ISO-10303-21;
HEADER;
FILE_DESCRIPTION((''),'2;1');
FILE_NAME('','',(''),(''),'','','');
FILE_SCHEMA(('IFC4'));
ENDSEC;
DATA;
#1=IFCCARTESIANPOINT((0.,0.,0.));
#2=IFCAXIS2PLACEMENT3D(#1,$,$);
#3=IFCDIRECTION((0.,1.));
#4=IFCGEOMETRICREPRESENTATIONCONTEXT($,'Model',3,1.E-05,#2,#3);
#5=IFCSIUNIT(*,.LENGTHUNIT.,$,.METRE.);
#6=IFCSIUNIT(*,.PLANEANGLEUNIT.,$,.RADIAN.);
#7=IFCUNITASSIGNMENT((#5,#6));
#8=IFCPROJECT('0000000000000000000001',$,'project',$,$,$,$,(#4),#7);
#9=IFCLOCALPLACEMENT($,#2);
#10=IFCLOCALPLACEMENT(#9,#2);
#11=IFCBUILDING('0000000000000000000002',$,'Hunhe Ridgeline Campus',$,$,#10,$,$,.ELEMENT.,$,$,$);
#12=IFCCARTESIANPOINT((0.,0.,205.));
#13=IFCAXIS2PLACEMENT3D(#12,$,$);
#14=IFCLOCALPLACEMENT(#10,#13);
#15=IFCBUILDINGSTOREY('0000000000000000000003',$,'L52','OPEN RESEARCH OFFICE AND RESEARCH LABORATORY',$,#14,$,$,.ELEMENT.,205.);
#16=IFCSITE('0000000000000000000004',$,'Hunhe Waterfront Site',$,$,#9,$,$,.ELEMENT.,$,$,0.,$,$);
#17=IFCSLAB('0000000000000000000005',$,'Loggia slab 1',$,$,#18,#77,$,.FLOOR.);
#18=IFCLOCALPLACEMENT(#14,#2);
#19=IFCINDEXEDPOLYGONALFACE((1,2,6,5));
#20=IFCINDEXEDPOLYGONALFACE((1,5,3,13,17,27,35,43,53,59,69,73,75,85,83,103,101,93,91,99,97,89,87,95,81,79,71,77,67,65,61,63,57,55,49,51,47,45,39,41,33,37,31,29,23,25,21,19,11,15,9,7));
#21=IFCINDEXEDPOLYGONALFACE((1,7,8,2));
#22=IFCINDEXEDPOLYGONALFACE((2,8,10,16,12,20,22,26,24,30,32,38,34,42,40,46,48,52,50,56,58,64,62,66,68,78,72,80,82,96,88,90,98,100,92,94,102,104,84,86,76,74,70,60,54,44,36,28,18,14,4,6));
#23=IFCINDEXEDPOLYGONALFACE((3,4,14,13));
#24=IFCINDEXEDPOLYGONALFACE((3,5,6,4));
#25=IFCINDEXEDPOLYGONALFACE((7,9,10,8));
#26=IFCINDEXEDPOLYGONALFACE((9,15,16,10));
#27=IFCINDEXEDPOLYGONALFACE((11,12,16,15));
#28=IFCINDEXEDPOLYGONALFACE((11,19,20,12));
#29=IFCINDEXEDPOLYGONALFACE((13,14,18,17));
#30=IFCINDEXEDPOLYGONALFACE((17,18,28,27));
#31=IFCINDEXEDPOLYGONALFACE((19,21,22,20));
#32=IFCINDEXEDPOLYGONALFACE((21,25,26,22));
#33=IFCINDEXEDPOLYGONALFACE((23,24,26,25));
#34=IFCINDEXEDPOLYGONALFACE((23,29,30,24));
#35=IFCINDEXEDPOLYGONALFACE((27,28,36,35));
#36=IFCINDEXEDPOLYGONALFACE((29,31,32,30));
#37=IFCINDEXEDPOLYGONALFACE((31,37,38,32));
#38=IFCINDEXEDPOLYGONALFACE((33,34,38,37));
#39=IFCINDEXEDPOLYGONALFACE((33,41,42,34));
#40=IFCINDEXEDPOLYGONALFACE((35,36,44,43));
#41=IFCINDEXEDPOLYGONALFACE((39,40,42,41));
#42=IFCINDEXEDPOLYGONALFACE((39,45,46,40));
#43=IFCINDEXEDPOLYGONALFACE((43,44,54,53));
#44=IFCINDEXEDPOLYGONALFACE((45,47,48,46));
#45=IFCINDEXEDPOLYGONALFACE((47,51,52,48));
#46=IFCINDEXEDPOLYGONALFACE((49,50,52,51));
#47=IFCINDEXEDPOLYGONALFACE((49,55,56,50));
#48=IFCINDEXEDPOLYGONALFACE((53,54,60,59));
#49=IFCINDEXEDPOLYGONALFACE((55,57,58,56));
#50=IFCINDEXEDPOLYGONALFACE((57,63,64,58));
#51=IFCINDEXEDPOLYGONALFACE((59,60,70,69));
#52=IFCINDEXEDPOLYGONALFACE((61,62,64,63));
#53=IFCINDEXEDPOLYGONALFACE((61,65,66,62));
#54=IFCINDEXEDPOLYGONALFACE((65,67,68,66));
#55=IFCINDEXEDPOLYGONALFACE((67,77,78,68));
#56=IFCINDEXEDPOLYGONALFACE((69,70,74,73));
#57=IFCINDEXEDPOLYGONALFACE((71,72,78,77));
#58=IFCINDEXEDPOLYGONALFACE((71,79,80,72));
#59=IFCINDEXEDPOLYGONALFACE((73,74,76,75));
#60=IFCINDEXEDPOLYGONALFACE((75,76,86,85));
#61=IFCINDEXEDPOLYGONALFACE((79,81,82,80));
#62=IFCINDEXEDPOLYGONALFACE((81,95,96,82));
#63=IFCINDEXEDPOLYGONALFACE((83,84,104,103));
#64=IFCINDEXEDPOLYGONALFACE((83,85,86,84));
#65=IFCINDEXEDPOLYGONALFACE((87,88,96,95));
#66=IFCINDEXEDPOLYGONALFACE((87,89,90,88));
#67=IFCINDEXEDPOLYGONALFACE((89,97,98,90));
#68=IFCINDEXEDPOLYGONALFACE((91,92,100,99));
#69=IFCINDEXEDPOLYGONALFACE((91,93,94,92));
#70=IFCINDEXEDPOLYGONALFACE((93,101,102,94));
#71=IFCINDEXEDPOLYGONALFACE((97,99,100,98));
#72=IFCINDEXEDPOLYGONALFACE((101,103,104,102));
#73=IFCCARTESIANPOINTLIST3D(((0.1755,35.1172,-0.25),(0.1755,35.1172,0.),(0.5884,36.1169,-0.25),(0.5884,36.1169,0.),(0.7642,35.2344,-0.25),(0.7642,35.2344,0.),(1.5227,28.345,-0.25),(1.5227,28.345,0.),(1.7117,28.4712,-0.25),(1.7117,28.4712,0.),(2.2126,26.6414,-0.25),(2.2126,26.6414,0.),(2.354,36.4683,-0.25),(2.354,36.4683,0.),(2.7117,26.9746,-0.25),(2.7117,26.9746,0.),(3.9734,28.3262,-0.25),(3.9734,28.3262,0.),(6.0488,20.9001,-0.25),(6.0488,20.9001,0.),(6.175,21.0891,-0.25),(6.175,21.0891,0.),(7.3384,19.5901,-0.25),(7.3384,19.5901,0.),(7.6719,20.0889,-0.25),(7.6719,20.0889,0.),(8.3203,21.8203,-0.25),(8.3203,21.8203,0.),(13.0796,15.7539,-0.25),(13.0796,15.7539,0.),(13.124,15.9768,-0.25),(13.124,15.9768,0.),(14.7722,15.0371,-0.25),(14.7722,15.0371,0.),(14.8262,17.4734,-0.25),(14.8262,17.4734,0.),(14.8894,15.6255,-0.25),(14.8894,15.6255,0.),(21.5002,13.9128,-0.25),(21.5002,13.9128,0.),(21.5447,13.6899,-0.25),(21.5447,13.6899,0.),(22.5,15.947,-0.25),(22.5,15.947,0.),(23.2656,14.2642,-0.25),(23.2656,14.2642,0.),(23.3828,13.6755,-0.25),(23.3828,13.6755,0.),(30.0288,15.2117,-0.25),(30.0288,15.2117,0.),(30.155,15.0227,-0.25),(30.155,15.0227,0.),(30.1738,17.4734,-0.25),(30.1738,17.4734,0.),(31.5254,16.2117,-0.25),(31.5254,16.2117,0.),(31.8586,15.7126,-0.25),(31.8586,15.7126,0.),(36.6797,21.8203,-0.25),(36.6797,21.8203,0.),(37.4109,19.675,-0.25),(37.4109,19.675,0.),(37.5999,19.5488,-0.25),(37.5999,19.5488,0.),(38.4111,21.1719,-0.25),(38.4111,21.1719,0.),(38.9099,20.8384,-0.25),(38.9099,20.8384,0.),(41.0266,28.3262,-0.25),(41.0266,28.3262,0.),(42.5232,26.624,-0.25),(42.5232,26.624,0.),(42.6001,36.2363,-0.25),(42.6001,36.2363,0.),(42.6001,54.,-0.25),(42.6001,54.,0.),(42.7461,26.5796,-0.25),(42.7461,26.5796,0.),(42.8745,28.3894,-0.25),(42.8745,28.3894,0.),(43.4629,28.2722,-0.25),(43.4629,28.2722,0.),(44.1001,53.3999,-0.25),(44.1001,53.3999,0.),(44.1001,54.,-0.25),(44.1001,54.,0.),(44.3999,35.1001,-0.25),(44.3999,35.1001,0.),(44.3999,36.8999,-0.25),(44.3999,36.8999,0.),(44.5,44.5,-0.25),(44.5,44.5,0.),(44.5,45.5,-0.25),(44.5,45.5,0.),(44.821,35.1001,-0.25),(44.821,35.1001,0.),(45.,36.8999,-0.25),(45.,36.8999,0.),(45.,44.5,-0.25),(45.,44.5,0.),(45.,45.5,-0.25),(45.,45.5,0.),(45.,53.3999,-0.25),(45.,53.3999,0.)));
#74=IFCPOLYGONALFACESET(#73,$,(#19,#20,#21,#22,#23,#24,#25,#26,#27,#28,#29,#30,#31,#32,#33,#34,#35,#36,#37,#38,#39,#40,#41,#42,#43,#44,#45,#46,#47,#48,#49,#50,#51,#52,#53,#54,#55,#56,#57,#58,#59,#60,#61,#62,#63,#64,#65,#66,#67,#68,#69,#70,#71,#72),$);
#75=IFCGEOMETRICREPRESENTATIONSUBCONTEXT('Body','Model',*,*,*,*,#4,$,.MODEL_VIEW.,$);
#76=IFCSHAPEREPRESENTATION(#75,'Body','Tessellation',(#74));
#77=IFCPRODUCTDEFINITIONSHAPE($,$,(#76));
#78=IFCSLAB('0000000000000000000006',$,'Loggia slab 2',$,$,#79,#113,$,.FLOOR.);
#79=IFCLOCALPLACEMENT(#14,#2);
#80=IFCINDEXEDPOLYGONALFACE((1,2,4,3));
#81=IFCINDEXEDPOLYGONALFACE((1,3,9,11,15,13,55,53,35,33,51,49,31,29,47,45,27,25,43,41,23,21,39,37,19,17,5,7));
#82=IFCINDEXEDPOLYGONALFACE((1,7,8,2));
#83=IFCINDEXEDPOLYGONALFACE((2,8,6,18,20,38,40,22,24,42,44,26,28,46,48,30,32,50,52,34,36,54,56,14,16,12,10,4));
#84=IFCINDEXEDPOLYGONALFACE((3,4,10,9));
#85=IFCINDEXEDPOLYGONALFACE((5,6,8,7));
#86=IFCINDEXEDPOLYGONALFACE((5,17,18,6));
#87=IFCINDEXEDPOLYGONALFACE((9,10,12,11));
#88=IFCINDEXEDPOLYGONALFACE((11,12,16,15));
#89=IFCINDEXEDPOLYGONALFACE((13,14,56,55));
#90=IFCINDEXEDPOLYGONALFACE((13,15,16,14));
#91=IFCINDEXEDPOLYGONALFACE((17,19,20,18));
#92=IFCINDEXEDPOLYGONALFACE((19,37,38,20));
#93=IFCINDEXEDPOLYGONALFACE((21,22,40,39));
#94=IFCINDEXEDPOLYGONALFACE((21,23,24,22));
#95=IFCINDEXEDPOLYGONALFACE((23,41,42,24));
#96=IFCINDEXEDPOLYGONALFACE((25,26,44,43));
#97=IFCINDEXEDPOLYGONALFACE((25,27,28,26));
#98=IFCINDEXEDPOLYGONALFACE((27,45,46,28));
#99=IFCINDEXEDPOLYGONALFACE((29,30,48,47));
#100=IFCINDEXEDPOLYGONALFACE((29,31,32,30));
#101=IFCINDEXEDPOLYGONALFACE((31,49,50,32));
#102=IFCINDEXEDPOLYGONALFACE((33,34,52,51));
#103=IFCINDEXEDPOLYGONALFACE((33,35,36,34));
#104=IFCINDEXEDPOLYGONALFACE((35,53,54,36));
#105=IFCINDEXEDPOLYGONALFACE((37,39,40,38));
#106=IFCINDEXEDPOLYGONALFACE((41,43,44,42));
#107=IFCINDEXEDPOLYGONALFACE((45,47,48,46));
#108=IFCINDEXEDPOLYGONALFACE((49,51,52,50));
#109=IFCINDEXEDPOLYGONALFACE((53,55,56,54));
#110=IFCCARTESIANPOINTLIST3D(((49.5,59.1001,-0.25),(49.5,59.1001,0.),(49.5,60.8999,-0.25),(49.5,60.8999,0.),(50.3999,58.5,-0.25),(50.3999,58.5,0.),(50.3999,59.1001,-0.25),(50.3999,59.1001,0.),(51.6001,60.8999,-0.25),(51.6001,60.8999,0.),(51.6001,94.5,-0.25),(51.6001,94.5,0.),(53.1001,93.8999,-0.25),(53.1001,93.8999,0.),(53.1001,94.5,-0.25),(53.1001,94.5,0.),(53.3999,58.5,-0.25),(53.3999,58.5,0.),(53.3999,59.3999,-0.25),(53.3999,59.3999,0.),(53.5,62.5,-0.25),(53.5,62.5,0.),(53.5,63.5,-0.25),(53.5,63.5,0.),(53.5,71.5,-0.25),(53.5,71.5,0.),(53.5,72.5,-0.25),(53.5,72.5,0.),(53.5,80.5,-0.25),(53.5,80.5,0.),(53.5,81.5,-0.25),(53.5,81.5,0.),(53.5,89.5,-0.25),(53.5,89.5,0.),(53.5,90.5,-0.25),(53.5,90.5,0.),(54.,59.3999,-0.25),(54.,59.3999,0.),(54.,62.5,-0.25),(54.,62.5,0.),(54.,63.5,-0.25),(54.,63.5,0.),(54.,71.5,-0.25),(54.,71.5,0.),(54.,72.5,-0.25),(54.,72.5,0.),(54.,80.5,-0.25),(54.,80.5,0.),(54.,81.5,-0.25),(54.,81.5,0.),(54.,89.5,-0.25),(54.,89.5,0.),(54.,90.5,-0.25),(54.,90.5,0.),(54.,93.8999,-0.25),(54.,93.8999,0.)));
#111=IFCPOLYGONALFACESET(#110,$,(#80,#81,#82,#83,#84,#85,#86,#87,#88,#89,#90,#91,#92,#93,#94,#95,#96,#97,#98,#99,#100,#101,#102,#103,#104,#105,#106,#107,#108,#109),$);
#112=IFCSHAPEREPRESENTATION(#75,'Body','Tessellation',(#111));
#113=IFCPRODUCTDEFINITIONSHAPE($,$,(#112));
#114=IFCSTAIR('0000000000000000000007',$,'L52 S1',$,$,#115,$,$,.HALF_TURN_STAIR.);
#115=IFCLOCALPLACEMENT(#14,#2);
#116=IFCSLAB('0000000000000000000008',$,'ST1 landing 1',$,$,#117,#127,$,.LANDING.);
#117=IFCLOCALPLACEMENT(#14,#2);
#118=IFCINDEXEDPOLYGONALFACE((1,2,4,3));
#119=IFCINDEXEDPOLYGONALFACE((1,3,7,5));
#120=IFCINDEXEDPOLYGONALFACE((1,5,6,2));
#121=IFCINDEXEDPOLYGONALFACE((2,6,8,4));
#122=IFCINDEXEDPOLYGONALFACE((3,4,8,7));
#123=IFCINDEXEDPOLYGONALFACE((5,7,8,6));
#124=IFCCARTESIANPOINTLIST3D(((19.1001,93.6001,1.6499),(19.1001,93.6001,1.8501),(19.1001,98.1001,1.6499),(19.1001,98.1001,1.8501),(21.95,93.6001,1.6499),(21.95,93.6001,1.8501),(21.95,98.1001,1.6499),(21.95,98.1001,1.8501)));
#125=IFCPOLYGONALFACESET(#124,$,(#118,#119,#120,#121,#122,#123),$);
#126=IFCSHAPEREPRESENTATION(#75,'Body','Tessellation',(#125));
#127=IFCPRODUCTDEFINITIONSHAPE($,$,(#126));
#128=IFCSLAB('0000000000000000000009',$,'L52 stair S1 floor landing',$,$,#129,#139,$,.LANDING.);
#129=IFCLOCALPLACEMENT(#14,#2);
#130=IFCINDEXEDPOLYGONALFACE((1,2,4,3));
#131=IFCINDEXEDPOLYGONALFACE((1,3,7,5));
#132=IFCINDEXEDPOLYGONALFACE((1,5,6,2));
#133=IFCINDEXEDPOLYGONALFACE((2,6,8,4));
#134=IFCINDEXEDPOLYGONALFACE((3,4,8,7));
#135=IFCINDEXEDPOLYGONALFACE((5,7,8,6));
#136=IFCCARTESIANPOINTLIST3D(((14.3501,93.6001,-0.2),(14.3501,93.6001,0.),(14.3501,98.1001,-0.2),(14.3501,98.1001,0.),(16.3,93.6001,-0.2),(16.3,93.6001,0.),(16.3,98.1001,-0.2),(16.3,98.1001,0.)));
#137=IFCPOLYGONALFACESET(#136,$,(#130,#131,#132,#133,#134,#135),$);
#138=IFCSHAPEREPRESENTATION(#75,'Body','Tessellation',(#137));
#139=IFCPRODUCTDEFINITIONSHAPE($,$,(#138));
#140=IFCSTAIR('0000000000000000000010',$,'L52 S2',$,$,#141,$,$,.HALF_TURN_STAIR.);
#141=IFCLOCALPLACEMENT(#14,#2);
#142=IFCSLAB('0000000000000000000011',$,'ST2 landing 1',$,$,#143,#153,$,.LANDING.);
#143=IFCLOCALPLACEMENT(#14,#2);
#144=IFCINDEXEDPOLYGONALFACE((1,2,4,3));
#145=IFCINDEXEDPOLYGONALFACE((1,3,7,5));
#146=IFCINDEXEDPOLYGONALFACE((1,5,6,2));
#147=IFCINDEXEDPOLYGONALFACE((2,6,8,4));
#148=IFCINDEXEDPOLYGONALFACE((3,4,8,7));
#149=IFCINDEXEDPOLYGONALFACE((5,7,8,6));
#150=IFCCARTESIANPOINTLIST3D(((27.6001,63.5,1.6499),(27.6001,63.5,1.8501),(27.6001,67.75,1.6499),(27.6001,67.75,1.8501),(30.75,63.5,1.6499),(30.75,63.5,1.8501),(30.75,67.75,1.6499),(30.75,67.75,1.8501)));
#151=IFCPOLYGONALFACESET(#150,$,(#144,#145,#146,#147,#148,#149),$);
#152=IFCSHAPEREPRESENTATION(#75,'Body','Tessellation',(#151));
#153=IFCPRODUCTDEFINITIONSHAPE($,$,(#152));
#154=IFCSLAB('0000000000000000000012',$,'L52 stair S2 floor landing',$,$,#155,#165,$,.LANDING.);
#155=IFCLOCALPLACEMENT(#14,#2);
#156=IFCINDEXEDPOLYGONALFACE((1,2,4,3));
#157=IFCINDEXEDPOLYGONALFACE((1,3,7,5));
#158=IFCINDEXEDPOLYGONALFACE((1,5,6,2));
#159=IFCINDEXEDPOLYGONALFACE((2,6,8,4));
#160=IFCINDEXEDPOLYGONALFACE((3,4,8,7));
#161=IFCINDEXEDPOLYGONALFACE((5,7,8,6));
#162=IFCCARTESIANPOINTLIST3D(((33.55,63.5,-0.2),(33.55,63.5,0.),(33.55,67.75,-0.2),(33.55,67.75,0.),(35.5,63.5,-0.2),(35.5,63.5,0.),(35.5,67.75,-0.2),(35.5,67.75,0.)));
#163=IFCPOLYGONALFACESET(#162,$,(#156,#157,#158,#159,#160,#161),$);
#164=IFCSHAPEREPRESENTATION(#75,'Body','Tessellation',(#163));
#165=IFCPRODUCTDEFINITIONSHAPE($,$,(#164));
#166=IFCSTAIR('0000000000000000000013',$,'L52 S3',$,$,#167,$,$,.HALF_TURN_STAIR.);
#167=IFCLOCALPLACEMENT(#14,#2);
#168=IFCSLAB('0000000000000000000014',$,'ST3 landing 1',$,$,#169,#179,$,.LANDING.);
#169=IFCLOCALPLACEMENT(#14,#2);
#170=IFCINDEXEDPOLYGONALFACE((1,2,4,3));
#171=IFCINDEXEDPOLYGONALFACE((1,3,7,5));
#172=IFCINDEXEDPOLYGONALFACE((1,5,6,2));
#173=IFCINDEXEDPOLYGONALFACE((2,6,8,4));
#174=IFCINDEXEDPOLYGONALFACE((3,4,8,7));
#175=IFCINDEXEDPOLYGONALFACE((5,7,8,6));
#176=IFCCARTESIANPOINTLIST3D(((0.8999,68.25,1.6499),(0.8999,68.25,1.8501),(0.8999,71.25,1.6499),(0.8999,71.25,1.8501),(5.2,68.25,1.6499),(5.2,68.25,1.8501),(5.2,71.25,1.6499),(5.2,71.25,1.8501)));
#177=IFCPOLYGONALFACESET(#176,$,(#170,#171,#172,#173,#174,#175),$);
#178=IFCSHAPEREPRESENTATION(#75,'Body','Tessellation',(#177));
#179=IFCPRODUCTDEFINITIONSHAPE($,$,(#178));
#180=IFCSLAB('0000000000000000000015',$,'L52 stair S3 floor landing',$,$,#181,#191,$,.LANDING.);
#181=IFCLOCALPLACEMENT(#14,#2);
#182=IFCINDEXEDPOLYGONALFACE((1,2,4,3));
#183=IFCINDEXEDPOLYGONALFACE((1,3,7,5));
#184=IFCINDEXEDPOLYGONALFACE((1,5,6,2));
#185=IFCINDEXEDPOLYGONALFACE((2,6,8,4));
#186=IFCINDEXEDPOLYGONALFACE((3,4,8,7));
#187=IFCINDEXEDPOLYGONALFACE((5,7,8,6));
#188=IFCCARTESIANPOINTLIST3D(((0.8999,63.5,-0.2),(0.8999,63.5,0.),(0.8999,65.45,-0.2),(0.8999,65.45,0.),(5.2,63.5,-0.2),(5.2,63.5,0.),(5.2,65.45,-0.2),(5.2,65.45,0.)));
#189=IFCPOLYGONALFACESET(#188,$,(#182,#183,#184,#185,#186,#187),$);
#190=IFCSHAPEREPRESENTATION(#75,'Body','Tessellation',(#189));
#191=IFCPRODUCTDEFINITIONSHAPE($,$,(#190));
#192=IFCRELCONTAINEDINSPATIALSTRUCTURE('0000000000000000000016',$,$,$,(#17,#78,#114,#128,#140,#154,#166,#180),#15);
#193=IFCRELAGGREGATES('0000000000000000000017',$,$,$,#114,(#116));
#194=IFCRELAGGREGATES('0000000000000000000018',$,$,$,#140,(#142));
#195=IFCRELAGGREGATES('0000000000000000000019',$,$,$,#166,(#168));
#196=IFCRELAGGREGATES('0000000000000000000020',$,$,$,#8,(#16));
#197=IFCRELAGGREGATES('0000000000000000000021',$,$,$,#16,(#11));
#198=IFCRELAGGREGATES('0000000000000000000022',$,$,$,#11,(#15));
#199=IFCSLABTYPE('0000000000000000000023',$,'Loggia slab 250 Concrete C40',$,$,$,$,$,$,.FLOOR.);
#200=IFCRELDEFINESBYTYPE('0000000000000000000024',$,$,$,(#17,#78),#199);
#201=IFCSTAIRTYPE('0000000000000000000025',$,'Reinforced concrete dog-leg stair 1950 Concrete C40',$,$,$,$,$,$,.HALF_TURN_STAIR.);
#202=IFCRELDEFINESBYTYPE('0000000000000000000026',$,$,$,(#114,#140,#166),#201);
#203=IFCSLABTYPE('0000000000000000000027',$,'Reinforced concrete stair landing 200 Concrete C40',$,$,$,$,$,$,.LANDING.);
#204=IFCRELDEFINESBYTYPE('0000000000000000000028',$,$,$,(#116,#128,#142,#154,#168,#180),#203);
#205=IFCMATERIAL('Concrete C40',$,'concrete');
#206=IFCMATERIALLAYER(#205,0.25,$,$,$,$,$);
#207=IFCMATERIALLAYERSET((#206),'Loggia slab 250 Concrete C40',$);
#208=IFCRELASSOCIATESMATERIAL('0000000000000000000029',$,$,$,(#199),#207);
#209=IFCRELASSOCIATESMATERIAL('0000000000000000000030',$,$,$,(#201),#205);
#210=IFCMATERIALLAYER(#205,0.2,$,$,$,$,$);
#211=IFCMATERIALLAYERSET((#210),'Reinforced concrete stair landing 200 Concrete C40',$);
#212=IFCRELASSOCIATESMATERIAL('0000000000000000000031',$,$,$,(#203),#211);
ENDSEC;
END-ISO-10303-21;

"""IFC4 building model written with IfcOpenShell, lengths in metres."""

from ifc_helpers import new_model, si_unit, direction, frame, origin, place, context, subcontext, project, spatial, polyline, outline, extrude, material, layer, layer_set, type_object, element, aggregate, save


model = new_model("IFC4")

# Units and contexts
model_context = context("Model", 3, precision=1e-05, world=origin(), true_north=direction((0.0, 1.0)))
body_context = subcontext(model_context, "Body", "Model", "MODEL_VIEW")
ifc_project = project(units=[si_unit("LENGTHUNIT", "METRE"), si_unit("PLANEANGLEUNIT", "RADIAN")], contexts=[model_context])

# Site, building, storey
site_placement = place(None, origin())
site = spatial("IfcSite", under=ifc_project, at=site_placement, Name="Hunhe Waterfront Site", CompositionType="ELEMENT", RefElevation=0.0)
building_placement = place(site_placement, origin())
building = spatial("IfcBuilding", under=site, at=building_placement, Name="Hunhe Ridgeline Campus", CompositionType="ELEMENT")
storey_placement = place(building_placement, frame((0.0, 0.0, 205.0)))
storey = spatial("IfcBuildingStorey", under=building, at=storey_placement, Name="L52", Description="OPEN RESEARCH OFFICE AND RESEARCH LABORATORY", CompositionType="ELEMENT", Elevation=205.0)

# Slabs
ifc_material_1 = material(Name="Concrete C40", Category="concrete")
ifc_layer_1 = layer(ifc_material_1, 0.25)
ifc_layer_set_1 = layer_set([ifc_layer_1], Name="Loggia slab 250 Concrete C40")
slab_type_1 = type_object("IfcSlabType", Name="Loggia slab 250 Concrete C40", PredefinedType="FLOOR", material=ifc_layer_set_1)
slab_1_placement = place(storey_placement, frame((0.0, 0.0, -0.25)))
element("IfcSlab", 1, at=slab_1_placement, inside=storey, type_object=slab_type_1, Name="Loggia slab 1", PredefinedType="FLOOR", context=body_context, shape_type="SweptSolid", body=[
    extrude(outline(polyline([(30.1738, 17.4734), (22.5, 15.947), (14.8262, 17.4734), (8.3203, 21.8203), (3.9734, 28.3262), (2.354, 36.4683), (0.5884, 36.1169), (0.7642, 35.2344), (0.1755, 35.1172), (1.5227, 28.345), (1.7117, 28.4712), (2.7117, 26.9746), (2.2126, 26.6414), (6.0488, 20.9001), (6.175, 21.0891), (7.6719, 20.0889), (7.3384, 19.5901), (13.0796, 15.7539), (13.124, 15.9768), (14.8894, 15.6255), (14.7722, 15.0371), (21.5447, 13.6899), (21.5002, 13.9128), (23.2656, 14.2642), (23.3828, 13.6755), (30.155, 15.0227), (30.0288, 15.2117), (31.5254, 16.2117), (31.8586, 15.7126), (37.5999, 19.5488), (37.4109, 19.675), (38.4111, 21.1719), (38.9099, 20.8384), (42.7461, 26.5796), (42.5232, 26.624), (42.8745, 28.3894), (43.4629, 28.2722), (44.821, 35.1001), (44.3999, 35.1001), (44.3999, 36.8999), (45.0, 36.8999), (45.0, 44.5), (44.5, 44.5), (44.5, 45.5), (45.0, 45.5), (45.0, 53.3999), (44.1001, 53.3999), (44.1001, 54.0), (42.6001, 54.0), (42.6001, 36.2363), (41.0266, 28.3262), (36.6797, 21.8203), (30.1738, 17.4734)])), origin(), (0.0, 0.0, 1.0), 0.25),
])
slab_2_placement = place(storey_placement, frame((0.0, 0.0, -0.25)))
element("IfcSlab", 2, at=slab_2_placement, inside=storey, type_object=slab_type_1, Name="Loggia slab 2", PredefinedType="FLOOR", context=body_context, shape_type="SweptSolid", body=[
    extrude(outline(polyline([(49.5, 59.1001), (50.3999, 59.1001), (50.3999, 58.5), (53.3999, 58.5), (53.3999, 59.3999), (54.0, 59.3999), (54.0, 62.5), (53.5, 62.5), (53.5, 63.5), (54.0, 63.5), (54.0, 71.5), (53.5, 71.5), (53.5, 72.5), (54.0, 72.5), (54.0, 80.5), (53.5, 80.5), (53.5, 81.5), (54.0, 81.5), (54.0, 89.5), (53.5, 89.5), (53.5, 90.5), (54.0, 90.5), (54.0, 93.8999), (53.1001, 93.8999), (53.1001, 94.5), (51.6001, 94.5), (51.6001, 60.8999), (49.5, 60.8999), (49.5, 59.1001)])), origin(), (0.0, 0.0, 1.0), 0.25),
])

# Stair, slab
stair_type = type_object("IfcStairType", Name="Reinforced concrete dog-leg stair 1950 Concrete C40", PredefinedType="HALF_TURN_STAIR", material=ifc_material_1)
stair_1_placement = place(storey_placement, origin())
stair_1 = element("IfcStair", 3, at=stair_1_placement, inside=storey, type_object=stair_type, Name="L52 S1", PredefinedType="HALF_TURN_STAIR")
ifc_layer_2 = layer(ifc_material_1, 0.2)
ifc_layer_set_2 = layer_set([ifc_layer_2], Name="Reinforced concrete stair landing 200 Concrete C40")
slab_type_2 = type_object("IfcSlabType", Name="Reinforced concrete stair landing 200 Concrete C40", PredefinedType="LANDING", material=ifc_layer_set_2)
slab_3_placement = place(storey_placement, frame((0.0, 0.0, 1.6499)))
slab_3 = element("IfcSlab", 4, at=slab_3_placement, type_object=slab_type_2, Name="ST1 landing 1", PredefinedType="LANDING", context=body_context, shape_type="SweptSolid", body=[
    extrude(outline(polyline([(19.1001, 93.6001), (21.95, 93.6001), (21.95, 98.1001), (19.1001, 98.1001), (19.1001, 93.6001)])), origin(), (0.0, 0.0, 1.0), 0.2002),
])
aggregate(stair_1, [slab_3])

# Slab
slab_4_placement = place(storey_placement, frame((0.0, 0.0, -0.2)))
element("IfcSlab", 5, at=slab_4_placement, inside=storey, type_object=slab_type_2, Name="L52 stair S1 floor landing", PredefinedType="LANDING", context=body_context, shape_type="SweptSolid", body=[
    extrude(outline(polyline([(14.3501, 93.6001), (16.3, 93.6001), (16.3, 98.1001), (14.3501, 98.1001), (14.3501, 93.6001)])), origin(), (0.0, 0.0, 1.0), 0.2),
])

# Stair, slab
stair_2_placement = place(storey_placement, origin())
stair_2 = element("IfcStair", 6, at=stair_2_placement, inside=storey, type_object=stair_type, Name="L52 S2", PredefinedType="HALF_TURN_STAIR")
slab_5_placement = place(storey_placement, frame((0.0, 0.0, 1.6499)))
slab_5 = element("IfcSlab", 7, at=slab_5_placement, type_object=slab_type_2, Name="ST2 landing 1", PredefinedType="LANDING", context=body_context, shape_type="SweptSolid", body=[
    extrude(outline(polyline([(30.75, 67.75), (27.6001, 67.75), (27.6001, 63.5), (30.75, 63.5), (30.75, 67.75)])), origin(), (0.0, 0.0, 1.0), 0.2002),
])
aggregate(stair_2, [slab_5])

# Slab
slab_6_placement = place(storey_placement, frame((0.0, 0.0, -0.2)))
element("IfcSlab", 8, at=slab_6_placement, inside=storey, type_object=slab_type_2, Name="L52 stair S2 floor landing", PredefinedType="LANDING", context=body_context, shape_type="SweptSolid", body=[
    extrude(outline(polyline([(35.5, 67.75), (33.55, 67.75), (33.55, 63.5), (35.5, 63.5), (35.5, 67.75)])), origin(), (0.0, 0.0, 1.0), 0.2),
])

# Stair, slab
stair_3_placement = place(storey_placement, origin())
stair_3 = element("IfcStair", 9, at=stair_3_placement, inside=storey, type_object=stair_type, Name="L52 S3", PredefinedType="HALF_TURN_STAIR")
slab_7_placement = place(storey_placement, frame((0.0, 0.0, 1.6499)))
slab_7 = element("IfcSlab", 10, at=slab_7_placement, type_object=slab_type_2, Name="ST3 landing 1", PredefinedType="LANDING", context=body_context, shape_type="SweptSolid", body=[
    extrude(outline(polyline([(5.2, 68.25), (5.2, 71.25), (0.8999, 71.25), (0.8999, 68.25), (5.2, 68.25)])), origin(), (0.0, 0.0, 1.0), 0.2002),
])
aggregate(stair_3, [slab_7])

# Slab
slab_8_placement = place(storey_placement, frame((0.0, 0.0, -0.2)))
element("IfcSlab", 11, at=slab_8_placement, inside=storey, type_object=slab_type_2, Name="L52 stair S3 floor landing", PredefinedType="LANDING", context=body_context, shape_type="SweptSolid", body=[
    extrude(outline(polyline([(5.2, 63.5), (5.2, 65.45), (0.8999, 65.45), (0.8999, 63.5), (5.2, 63.5)])), origin(), (0.0, 0.0, 1.0), 0.2),
])

save(model, "model.ifc")
